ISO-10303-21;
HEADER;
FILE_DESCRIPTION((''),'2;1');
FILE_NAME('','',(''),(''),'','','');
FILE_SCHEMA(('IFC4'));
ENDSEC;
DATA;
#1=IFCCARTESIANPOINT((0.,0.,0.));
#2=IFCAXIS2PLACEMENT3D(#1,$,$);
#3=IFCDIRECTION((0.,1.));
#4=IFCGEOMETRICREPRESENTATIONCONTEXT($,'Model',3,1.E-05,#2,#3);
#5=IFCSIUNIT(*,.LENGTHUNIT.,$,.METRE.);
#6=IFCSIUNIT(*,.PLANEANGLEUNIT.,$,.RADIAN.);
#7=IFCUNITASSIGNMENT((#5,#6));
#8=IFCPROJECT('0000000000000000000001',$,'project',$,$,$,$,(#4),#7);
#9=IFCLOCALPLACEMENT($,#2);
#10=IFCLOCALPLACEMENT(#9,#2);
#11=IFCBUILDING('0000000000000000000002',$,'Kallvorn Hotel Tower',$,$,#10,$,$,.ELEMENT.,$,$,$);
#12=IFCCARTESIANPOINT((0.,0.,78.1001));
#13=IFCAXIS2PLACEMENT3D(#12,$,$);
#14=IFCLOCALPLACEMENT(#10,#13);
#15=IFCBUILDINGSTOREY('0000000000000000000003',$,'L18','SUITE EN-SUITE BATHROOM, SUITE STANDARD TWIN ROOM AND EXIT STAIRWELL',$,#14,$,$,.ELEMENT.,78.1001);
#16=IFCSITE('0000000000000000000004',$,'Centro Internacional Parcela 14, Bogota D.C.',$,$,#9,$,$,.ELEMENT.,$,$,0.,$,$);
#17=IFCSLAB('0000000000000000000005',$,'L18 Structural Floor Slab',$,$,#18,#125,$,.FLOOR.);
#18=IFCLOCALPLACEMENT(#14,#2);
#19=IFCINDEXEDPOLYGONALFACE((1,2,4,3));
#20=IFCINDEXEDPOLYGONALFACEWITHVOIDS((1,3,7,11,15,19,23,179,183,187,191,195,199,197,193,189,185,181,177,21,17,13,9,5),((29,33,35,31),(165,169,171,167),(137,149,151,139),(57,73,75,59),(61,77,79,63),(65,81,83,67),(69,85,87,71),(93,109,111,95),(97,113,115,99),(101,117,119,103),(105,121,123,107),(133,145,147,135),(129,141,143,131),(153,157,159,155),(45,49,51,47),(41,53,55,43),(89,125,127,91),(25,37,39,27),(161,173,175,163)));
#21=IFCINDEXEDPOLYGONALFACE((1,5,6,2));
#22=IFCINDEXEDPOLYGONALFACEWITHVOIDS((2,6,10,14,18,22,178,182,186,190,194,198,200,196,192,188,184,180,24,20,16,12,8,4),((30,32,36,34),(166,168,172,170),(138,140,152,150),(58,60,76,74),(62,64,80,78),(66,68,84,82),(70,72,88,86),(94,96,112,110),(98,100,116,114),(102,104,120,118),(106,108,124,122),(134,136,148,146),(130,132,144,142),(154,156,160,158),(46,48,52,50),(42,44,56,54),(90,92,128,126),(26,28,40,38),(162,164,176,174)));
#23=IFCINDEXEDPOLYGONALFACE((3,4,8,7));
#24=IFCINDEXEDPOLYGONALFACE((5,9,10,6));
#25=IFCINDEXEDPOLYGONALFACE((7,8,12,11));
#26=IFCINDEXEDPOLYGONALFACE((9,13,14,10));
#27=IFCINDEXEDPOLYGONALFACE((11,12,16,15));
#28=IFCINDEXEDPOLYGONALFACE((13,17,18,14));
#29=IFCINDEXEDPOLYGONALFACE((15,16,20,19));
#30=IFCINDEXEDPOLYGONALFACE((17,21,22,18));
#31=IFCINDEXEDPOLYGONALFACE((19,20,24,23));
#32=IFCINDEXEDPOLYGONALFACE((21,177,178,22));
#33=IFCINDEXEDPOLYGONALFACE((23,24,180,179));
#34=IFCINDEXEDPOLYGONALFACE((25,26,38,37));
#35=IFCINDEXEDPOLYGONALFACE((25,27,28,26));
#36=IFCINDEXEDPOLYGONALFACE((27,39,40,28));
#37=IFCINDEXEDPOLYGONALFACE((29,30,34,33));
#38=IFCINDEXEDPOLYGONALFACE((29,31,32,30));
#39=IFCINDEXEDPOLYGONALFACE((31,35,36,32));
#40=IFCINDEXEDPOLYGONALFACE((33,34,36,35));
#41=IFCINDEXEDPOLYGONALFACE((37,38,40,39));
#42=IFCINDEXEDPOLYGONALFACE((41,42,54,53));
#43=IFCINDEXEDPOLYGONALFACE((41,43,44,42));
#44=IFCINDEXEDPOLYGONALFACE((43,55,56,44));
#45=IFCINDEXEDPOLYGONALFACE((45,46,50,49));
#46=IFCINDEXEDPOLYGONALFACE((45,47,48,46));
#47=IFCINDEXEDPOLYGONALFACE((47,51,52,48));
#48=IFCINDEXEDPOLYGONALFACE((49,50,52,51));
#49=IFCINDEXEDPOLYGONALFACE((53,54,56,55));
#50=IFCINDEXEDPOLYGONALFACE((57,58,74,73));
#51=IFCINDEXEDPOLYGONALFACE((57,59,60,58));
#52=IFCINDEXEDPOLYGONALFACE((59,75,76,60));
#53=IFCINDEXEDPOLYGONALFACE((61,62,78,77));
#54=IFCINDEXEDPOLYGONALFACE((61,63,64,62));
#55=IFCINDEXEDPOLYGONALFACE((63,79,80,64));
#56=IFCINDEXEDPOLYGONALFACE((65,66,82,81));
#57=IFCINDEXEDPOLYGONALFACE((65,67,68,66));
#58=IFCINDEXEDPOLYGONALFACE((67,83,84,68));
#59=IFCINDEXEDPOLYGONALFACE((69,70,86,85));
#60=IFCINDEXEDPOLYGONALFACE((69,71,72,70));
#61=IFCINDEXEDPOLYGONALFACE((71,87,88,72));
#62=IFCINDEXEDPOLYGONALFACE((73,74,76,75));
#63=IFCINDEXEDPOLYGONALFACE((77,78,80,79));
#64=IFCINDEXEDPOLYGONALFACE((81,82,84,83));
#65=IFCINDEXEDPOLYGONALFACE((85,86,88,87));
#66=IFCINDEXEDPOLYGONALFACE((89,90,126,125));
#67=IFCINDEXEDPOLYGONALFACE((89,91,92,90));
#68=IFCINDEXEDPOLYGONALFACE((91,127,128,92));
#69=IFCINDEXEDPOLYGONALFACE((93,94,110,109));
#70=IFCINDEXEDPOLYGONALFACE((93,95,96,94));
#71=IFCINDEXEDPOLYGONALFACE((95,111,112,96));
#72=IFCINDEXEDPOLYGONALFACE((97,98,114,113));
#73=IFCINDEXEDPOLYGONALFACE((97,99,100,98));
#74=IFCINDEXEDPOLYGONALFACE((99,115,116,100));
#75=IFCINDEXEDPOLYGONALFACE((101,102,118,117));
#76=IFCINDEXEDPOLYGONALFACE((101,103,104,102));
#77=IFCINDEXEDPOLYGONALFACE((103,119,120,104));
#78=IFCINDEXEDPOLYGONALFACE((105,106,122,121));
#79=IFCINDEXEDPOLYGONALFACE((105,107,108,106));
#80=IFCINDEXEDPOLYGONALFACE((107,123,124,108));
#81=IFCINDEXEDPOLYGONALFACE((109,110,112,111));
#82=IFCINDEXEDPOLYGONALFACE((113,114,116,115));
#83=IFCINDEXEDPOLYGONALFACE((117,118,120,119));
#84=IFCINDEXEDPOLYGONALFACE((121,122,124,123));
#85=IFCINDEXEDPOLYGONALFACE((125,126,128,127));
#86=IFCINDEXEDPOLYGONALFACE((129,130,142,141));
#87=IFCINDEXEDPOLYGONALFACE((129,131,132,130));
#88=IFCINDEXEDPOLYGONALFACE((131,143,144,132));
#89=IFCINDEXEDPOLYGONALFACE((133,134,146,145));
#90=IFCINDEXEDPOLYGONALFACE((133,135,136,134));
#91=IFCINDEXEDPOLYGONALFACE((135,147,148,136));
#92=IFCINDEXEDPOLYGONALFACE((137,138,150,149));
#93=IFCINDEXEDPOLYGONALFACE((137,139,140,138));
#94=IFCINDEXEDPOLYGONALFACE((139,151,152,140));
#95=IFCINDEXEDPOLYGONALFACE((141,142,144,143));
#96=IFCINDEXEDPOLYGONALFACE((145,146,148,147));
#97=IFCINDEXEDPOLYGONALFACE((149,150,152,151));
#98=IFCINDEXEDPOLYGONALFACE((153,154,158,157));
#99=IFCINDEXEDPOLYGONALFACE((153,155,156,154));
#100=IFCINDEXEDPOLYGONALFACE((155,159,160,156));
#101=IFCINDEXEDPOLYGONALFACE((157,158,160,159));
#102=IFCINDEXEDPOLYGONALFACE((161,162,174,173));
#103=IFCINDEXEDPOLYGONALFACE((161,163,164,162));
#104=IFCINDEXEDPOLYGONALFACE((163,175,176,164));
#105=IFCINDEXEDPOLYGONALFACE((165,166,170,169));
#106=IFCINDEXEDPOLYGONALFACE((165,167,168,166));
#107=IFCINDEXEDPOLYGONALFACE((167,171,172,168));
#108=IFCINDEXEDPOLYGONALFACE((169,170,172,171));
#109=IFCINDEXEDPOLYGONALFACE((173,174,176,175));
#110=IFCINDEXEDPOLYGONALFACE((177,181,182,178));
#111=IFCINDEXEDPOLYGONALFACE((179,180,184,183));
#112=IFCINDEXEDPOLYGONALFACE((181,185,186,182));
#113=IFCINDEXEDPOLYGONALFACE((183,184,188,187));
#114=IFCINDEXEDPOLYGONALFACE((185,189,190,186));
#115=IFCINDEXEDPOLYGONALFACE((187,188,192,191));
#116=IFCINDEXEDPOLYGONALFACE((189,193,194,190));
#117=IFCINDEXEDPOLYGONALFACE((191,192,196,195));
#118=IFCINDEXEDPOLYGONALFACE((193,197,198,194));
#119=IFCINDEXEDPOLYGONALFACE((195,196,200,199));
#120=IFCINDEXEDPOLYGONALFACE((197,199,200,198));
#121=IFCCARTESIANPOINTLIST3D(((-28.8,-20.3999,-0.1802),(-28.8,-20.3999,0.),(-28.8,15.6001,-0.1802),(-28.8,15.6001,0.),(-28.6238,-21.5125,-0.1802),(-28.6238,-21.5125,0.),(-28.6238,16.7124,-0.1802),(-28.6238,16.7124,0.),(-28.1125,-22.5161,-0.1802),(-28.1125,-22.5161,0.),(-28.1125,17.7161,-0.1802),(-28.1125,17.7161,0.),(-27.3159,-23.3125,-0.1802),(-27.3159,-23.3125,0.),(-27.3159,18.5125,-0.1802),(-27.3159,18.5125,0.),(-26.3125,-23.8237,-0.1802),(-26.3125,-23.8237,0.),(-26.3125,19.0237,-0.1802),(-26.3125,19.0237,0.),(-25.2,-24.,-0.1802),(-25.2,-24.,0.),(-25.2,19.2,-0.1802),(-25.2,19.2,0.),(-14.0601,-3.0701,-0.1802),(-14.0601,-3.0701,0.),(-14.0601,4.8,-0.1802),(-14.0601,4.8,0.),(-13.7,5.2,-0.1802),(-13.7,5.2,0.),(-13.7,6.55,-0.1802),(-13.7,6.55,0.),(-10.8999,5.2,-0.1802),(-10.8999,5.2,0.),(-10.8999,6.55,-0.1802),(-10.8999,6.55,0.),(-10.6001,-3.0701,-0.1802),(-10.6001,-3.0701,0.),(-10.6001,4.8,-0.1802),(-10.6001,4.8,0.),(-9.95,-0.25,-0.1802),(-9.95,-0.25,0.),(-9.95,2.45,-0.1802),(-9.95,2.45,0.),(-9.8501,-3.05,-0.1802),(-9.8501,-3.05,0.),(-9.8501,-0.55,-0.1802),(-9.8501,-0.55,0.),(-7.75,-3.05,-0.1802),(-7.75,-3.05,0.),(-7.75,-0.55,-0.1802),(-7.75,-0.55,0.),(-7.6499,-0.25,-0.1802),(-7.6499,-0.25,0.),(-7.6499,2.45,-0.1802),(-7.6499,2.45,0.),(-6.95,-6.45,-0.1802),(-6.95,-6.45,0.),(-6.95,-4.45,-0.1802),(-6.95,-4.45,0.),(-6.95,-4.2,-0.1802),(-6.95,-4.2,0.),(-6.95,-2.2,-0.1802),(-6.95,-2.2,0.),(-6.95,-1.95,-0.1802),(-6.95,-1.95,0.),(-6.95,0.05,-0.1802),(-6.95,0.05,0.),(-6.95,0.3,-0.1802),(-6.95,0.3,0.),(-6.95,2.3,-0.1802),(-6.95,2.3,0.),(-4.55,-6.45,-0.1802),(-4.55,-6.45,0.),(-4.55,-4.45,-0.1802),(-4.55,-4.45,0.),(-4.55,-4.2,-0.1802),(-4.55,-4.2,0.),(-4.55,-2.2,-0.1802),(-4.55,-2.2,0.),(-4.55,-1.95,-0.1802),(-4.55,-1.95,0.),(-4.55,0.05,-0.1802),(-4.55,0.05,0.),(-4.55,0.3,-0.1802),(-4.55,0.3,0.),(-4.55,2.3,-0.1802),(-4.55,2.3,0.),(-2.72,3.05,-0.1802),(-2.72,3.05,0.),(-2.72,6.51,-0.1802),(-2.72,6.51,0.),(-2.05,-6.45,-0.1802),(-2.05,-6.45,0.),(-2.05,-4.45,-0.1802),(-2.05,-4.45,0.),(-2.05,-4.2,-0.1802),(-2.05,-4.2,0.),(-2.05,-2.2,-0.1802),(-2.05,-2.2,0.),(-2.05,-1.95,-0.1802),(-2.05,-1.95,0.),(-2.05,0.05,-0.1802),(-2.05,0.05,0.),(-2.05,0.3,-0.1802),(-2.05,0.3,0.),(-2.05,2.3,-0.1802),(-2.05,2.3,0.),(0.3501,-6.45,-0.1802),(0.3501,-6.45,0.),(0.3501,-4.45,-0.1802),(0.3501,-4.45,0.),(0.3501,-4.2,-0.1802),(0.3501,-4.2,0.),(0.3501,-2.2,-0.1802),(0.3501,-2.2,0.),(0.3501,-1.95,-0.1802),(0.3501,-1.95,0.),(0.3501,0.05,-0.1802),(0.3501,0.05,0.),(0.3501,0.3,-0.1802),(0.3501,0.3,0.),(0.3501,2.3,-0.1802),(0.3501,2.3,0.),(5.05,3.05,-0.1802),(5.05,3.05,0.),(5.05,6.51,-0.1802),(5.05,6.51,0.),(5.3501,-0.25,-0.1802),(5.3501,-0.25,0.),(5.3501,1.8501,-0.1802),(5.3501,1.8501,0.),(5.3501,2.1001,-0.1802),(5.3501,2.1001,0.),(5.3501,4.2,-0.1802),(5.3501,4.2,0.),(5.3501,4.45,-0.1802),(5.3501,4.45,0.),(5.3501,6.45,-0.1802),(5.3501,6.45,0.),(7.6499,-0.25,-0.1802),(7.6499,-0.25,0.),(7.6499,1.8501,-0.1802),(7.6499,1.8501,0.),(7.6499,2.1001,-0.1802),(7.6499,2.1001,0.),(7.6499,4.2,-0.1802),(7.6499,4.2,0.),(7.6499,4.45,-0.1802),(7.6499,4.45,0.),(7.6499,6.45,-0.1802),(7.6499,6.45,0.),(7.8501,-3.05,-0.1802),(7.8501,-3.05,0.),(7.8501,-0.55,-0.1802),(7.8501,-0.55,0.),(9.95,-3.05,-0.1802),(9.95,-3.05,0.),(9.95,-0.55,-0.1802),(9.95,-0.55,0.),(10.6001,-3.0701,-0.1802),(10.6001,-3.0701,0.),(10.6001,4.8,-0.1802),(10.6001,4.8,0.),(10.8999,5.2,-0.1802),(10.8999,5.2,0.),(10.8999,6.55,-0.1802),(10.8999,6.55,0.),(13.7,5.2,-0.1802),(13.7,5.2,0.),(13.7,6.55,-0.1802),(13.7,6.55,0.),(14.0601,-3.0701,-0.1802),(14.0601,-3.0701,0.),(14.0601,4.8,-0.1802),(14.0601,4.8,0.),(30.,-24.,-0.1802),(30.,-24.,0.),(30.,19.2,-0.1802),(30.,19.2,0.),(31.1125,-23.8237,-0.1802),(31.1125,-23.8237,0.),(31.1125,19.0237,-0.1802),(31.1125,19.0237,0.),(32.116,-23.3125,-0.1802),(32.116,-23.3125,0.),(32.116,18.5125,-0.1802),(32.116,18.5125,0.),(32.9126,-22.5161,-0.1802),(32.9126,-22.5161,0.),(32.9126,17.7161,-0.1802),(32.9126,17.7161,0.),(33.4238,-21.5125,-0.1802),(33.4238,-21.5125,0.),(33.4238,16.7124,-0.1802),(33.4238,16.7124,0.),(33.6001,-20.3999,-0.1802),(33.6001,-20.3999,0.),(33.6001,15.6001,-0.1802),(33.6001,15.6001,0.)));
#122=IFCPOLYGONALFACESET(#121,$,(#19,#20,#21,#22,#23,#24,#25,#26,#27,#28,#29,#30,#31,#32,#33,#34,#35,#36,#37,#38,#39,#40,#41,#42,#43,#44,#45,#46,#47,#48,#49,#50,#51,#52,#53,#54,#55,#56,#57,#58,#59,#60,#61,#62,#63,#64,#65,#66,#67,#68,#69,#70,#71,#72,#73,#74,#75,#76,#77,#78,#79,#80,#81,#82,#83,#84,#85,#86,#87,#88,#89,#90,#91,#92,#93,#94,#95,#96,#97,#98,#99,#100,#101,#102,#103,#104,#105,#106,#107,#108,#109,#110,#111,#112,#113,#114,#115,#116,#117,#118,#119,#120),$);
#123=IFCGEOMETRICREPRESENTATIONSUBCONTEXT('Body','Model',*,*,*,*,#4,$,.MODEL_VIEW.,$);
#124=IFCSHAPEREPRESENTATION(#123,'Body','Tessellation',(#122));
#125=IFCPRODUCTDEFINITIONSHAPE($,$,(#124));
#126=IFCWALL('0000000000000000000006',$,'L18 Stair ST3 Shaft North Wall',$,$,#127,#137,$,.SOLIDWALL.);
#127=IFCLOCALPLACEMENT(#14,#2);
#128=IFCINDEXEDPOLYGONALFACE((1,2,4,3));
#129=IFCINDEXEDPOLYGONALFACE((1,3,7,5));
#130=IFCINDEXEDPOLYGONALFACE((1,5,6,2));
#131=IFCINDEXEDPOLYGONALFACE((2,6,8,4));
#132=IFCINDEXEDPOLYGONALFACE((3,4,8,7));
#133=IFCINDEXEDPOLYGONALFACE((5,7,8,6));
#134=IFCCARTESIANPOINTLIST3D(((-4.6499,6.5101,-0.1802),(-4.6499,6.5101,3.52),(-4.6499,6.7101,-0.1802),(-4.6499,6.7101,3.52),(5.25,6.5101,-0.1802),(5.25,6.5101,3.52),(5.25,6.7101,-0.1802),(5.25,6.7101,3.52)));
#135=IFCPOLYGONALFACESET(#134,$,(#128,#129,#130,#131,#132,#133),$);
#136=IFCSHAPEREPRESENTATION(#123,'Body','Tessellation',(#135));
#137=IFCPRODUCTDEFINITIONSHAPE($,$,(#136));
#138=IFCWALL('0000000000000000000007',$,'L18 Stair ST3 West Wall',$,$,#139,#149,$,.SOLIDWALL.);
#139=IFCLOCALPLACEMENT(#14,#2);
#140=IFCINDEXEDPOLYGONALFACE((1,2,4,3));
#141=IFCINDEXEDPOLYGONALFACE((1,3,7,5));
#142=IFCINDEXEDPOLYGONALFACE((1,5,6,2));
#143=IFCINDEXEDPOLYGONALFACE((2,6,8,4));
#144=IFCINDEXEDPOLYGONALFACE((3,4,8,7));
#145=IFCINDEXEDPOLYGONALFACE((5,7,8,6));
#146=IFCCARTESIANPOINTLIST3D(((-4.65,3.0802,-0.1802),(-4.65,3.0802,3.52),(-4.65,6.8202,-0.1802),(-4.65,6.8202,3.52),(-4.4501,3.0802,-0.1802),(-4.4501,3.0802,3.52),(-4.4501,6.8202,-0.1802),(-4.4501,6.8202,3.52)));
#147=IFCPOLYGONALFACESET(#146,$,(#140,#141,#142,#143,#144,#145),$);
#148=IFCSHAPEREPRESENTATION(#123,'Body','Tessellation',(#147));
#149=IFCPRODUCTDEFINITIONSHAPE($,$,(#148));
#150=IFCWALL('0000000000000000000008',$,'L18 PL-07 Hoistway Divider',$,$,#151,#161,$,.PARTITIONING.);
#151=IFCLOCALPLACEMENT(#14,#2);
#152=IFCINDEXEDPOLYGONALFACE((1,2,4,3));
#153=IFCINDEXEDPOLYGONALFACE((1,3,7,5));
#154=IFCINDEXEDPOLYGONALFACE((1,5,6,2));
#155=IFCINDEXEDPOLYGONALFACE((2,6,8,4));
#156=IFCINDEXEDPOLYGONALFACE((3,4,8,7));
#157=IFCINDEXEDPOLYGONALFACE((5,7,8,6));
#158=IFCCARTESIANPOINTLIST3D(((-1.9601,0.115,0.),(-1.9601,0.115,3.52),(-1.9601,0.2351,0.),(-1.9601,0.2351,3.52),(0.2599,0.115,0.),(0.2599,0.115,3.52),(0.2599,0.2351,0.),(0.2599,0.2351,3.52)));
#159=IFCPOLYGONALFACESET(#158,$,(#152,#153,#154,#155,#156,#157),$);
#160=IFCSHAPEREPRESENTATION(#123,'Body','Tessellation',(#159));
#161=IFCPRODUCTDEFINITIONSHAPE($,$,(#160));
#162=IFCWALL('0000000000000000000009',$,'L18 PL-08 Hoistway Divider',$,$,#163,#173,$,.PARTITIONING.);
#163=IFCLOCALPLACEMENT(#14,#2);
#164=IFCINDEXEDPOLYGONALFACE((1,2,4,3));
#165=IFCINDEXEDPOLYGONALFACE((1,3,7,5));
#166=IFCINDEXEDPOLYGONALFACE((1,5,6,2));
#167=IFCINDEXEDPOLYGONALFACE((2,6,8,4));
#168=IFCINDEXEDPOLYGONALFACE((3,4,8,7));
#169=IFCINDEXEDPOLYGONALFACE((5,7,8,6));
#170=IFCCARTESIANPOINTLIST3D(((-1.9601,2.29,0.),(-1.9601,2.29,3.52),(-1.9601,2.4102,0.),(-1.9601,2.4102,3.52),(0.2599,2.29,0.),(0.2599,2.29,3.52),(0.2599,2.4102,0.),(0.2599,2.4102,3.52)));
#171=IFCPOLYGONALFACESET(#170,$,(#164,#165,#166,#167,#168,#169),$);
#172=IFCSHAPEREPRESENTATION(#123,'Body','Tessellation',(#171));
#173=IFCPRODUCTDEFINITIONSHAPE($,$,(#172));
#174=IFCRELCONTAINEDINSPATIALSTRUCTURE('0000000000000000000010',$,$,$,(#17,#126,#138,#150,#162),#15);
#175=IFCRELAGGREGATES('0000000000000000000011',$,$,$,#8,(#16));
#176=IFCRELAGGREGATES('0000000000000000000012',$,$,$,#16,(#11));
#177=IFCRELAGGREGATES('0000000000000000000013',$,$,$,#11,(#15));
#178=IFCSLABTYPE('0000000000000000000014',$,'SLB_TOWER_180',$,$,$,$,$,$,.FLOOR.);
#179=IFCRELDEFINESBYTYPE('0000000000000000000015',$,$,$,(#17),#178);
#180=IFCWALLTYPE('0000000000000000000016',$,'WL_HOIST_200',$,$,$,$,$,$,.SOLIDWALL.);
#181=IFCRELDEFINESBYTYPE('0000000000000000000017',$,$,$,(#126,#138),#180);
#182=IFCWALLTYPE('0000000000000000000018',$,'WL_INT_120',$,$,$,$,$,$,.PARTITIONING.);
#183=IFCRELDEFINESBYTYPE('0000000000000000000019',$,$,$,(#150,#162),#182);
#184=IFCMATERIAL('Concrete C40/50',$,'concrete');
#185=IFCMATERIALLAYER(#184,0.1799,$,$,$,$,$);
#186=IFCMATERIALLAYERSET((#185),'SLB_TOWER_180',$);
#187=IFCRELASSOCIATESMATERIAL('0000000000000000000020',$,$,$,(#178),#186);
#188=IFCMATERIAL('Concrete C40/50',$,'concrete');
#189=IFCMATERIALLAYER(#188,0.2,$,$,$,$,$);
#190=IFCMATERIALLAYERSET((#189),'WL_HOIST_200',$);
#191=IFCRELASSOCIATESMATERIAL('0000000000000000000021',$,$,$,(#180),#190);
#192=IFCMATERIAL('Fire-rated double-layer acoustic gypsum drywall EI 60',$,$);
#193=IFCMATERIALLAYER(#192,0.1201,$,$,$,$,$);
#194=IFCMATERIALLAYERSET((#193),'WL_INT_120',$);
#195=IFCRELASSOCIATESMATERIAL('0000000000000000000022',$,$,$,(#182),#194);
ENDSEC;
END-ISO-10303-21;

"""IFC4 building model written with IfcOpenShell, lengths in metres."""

from ifc_helpers import new_model, si_unit, direction, frame, frame_2d, origin, place, context, subcontext, project, spatial, polyline, rectangle, outline, extrude, material, layer, layer_set, type_object, element, save


model = new_model("IFC4")

# Units and contexts
model_context = context("Model", 3, precision=1e-05, world=origin(), true_north=direction((0.0, 1.0)))
body_context = subcontext(model_context, "Body", "Model", "MODEL_VIEW")
ifc_project = project(units=[si_unit("LENGTHUNIT", "METRE"), si_unit("PLANEANGLEUNIT", "RADIAN")], contexts=[model_context])

# Site, building, storey
site_placement = place(None, origin())
site = spatial("IfcSite", under=ifc_project, at=site_placement, Name="Centro Internacional Parcela 14, Bogota D.C.", CompositionType="ELEMENT", RefElevation=0.0)
building_placement = place(site_placement, origin())
building = spatial("IfcBuilding", under=site, at=building_placement, Name="Kallvorn Hotel Tower", CompositionType="ELEMENT")
storey_placement = place(building_placement, frame((0.0, 0.0, 78.1001)))
storey = spatial("IfcBuildingStorey", under=building, at=storey_placement, Name="L18", Description="SUITE EN-SUITE BATHROOM, SUITE STANDARD TWIN ROOM AND EXIT STAIRWELL", CompositionType="ELEMENT", Elevation=78.1001)

# Slab
ifc_material_1 = material(Name="Concrete C40/50", Category="concrete")
ifc_layer_1 = layer(ifc_material_1, 0.1799)
ifc_layer_set_1 = layer_set([ifc_layer_1], Name="SLB_TOWER_180")
slab_type_1 = type_object("IfcSlabType", Name="SLB_TOWER_180", PredefinedType="FLOOR", material=ifc_layer_set_1)
slab_1_placement = place(storey_placement, frame((0.0, 0.0, -0.1802)))
element("IfcSlab", 1, at=slab_1_placement, inside=storey, type_object=slab_type_1, Name="L18 Structural Floor Slab", PredefinedType="FLOOR", context=body_context, shape_type="SweptSolid", body=[
    extrude(outline(polyline([(30.0, -24.0), (31.1125, -23.8237), (32.116, -23.3125), (32.9126, -22.5161), (33.4238, -21.5125), (33.6001, -20.3999), (33.6001, 15.6001), (33.4238, 16.7124), (32.9126, 17.7161), (32.116, 18.5125), (31.1125, 19.0237), (30.0, 19.2), (-25.2, 19.2), (-26.3125, 19.0237), (-27.3159, 18.5125), (-28.1125, 17.7161), (-28.6238, 16.7124), (-28.8, 15.6001), (-28.8, -20.3999), (-28.6238, -21.5125), (-28.1125, -22.5161), (-27.3159, -23.3125), (-26.3125, -23.8237), (-25.2, -24.0), (30.0, -24.0)]), holes=[polyline([(-10.6001, -3.0701), (-10.6001, 4.8), (-14.0601, 4.8), (-14.0601, -3.0701), (-10.6001, -3.0701)]), polyline([(14.0601, -3.0701), (14.0601, 4.8), (10.6001, 4.8), (10.6001, -3.0701), (14.0601, -3.0701)]), polyline([(-2.72, 3.05), (5.05, 3.05), (5.05, 6.51), (-2.72, 6.51), (-2.72, 3.05)]), polyline([(-6.95, -6.45), (-4.55, -6.45), (-4.55, -4.45), (-6.95, -4.45), (-6.95, -6.45)]), polyline([(-6.95, -4.2), (-4.55, -4.2), (-4.55, -2.2), (-6.95, -2.2), (-6.95, -4.2)]), polyline([(-6.95, -1.95), (-4.55, -1.95), (-4.55, 0.05), (-6.95, 0.05), (-6.95, -1.95)]), polyline([(-6.95, 0.3), (-4.55, 0.3), (-4.55, 2.3), (-6.95, 2.3), (-6.95, 0.3)]), polyline([(-2.05, -6.45), (0.3501, -6.45), (0.3501, -4.45), (-2.05, -4.45), (-2.05, -6.45)]), polyline([(-2.05, -4.2), (0.3501, -4.2), (0.3501, -2.2), (-2.05, -2.2), (-2.05, -4.2)]), polyline([(-2.05, -1.95), (0.3501, -1.95), (0.3501, 0.05), (-2.05, 0.05), (-2.05, -1.95)]), polyline([(-2.05, 0.3), (0.3501, 0.3), (0.3501, 2.3), (-2.05, 2.3), (-2.05, 0.3)]), polyline([(5.3501, -0.25), (7.6499, -0.25), (7.6499, 1.8501), (5.3501, 1.8501), (5.3501, -0.25)]), polyline([(5.3501, 2.1001), (7.6499, 2.1001), (7.6499, 4.2), (5.3501, 4.2), (5.3501, 2.1001)]), polyline([(5.3501, 4.45), (7.6499, 4.45), (7.6499, 6.45), (5.3501, 6.45), (5.3501, 4.45)]), polyline([(-9.8501, -3.05), (-7.75, -3.05), (-7.75, -0.55), (-9.8501, -0.55), (-9.8501, -3.05)]), polyline([(7.8501, -3.05), (9.95, -3.05), (9.95, -0.55), (7.8501, -0.55), (7.8501, -3.05)]), polyline([(-9.95, -0.25), (-7.6499, -0.25), (-7.6499, 2.45), (-9.95, 2.45), (-9.95, -0.25)]), polyline([(-13.7, 5.2), (-10.8999, 5.2), (-10.8999, 6.55), (-13.7, 6.55), (-13.7, 5.2)]), polyline([(10.8999, 5.2), (13.7, 5.2), (13.7, 6.55), (10.8999, 6.55), (10.8999, 5.2)])]), origin(), (0.0, 0.0, 1.0), 0.1802),
])

# Walls
ifc_material_2 = material(Name="Concrete C40/50", Category="concrete")
ifc_layer_2 = layer(ifc_material_2, 0.2)
ifc_layer_set_2 = layer_set([ifc_layer_2], Name="WL_HOIST_200")
wall_type_1 = type_object("IfcWallType", Name="WL_HOIST_200", PredefinedType="SOLIDWALL", material=ifc_layer_set_2)
wall_1_placement = place(storey_placement, frame((-4.6499, 6.6101, -0.1802), z_axis=(0.0, 0.0, 1.0), x_axis=(1.0, 0.0, 0.0)))
element("IfcWall", 2, at=wall_1_placement, inside=storey, type_object=wall_type_1, Name="L18 Stair ST3 Shaft North Wall", PredefinedType="SOLIDWALL", context=body_context, shape_type="SweptSolid", body=[
    extrude(rectangle(XDim=9.8999, YDim=0.2, at=frame_2d((4.95, 0.0))), origin(), (0.0, 0.0, 1.0), 3.7002),
])
wall_2_placement = place(storey_placement, frame((-4.55, 3.0801, -0.1802), z_axis=(0.0, 0.0, 1.0), x_axis=(0.0, 1.0, 0.0)))
element("IfcWall", 3, at=wall_2_placement, inside=storey, type_object=wall_type_1, Name="L18 Stair ST3 West Wall", PredefinedType="SOLIDWALL", context=body_context, shape_type="SweptSolid", body=[
    extrude(rectangle(XDim=3.74, YDim=0.2, at=frame_2d((1.8701, 0.0))), origin(), (0.0, 0.0, 1.0), 3.7002),
])
ifc_material_3 = material(Name="Fire-rated double-layer acoustic gypsum drywall EI 60")
ifc_layer_3 = layer(ifc_material_3, 0.1201)
ifc_layer_set_3 = layer_set([ifc_layer_3], Name="WL_INT_120")
wall_type_2 = type_object("IfcWallType", Name="WL_INT_120", PredefinedType="PARTITIONING", material=ifc_layer_set_3)
for number, where, z_axis, x_axis, name in (
    (4, (-1.96, 0.175, 0.0), (0.0, 0.0, 1.0), (1.0, 0.0, 0.0), "L18 PL-07 Hoistway Divider"),
    (5, (-1.96, 2.3501, 0.0), (0.0, 0.0, 1.0), (1.0, 0.0, 0.0), "L18 PL-08 Hoistway Divider"),
):
    element("IfcWall", number, at=place(storey_placement, frame(where, z_axis=z_axis, x_axis=x_axis)), inside=storey, type_object=wall_type_2, Name=name, PredefinedType="PARTITIONING", context=body_context, shape_type="SweptSolid", body=[
        extrude(rectangle(XDim=2.22, YDim=0.1201, at=frame_2d((1.1099, 0.0))), origin(), (0.0, 0.0, 1.0), 3.52),
    ])

save(model, "model.ifc")
